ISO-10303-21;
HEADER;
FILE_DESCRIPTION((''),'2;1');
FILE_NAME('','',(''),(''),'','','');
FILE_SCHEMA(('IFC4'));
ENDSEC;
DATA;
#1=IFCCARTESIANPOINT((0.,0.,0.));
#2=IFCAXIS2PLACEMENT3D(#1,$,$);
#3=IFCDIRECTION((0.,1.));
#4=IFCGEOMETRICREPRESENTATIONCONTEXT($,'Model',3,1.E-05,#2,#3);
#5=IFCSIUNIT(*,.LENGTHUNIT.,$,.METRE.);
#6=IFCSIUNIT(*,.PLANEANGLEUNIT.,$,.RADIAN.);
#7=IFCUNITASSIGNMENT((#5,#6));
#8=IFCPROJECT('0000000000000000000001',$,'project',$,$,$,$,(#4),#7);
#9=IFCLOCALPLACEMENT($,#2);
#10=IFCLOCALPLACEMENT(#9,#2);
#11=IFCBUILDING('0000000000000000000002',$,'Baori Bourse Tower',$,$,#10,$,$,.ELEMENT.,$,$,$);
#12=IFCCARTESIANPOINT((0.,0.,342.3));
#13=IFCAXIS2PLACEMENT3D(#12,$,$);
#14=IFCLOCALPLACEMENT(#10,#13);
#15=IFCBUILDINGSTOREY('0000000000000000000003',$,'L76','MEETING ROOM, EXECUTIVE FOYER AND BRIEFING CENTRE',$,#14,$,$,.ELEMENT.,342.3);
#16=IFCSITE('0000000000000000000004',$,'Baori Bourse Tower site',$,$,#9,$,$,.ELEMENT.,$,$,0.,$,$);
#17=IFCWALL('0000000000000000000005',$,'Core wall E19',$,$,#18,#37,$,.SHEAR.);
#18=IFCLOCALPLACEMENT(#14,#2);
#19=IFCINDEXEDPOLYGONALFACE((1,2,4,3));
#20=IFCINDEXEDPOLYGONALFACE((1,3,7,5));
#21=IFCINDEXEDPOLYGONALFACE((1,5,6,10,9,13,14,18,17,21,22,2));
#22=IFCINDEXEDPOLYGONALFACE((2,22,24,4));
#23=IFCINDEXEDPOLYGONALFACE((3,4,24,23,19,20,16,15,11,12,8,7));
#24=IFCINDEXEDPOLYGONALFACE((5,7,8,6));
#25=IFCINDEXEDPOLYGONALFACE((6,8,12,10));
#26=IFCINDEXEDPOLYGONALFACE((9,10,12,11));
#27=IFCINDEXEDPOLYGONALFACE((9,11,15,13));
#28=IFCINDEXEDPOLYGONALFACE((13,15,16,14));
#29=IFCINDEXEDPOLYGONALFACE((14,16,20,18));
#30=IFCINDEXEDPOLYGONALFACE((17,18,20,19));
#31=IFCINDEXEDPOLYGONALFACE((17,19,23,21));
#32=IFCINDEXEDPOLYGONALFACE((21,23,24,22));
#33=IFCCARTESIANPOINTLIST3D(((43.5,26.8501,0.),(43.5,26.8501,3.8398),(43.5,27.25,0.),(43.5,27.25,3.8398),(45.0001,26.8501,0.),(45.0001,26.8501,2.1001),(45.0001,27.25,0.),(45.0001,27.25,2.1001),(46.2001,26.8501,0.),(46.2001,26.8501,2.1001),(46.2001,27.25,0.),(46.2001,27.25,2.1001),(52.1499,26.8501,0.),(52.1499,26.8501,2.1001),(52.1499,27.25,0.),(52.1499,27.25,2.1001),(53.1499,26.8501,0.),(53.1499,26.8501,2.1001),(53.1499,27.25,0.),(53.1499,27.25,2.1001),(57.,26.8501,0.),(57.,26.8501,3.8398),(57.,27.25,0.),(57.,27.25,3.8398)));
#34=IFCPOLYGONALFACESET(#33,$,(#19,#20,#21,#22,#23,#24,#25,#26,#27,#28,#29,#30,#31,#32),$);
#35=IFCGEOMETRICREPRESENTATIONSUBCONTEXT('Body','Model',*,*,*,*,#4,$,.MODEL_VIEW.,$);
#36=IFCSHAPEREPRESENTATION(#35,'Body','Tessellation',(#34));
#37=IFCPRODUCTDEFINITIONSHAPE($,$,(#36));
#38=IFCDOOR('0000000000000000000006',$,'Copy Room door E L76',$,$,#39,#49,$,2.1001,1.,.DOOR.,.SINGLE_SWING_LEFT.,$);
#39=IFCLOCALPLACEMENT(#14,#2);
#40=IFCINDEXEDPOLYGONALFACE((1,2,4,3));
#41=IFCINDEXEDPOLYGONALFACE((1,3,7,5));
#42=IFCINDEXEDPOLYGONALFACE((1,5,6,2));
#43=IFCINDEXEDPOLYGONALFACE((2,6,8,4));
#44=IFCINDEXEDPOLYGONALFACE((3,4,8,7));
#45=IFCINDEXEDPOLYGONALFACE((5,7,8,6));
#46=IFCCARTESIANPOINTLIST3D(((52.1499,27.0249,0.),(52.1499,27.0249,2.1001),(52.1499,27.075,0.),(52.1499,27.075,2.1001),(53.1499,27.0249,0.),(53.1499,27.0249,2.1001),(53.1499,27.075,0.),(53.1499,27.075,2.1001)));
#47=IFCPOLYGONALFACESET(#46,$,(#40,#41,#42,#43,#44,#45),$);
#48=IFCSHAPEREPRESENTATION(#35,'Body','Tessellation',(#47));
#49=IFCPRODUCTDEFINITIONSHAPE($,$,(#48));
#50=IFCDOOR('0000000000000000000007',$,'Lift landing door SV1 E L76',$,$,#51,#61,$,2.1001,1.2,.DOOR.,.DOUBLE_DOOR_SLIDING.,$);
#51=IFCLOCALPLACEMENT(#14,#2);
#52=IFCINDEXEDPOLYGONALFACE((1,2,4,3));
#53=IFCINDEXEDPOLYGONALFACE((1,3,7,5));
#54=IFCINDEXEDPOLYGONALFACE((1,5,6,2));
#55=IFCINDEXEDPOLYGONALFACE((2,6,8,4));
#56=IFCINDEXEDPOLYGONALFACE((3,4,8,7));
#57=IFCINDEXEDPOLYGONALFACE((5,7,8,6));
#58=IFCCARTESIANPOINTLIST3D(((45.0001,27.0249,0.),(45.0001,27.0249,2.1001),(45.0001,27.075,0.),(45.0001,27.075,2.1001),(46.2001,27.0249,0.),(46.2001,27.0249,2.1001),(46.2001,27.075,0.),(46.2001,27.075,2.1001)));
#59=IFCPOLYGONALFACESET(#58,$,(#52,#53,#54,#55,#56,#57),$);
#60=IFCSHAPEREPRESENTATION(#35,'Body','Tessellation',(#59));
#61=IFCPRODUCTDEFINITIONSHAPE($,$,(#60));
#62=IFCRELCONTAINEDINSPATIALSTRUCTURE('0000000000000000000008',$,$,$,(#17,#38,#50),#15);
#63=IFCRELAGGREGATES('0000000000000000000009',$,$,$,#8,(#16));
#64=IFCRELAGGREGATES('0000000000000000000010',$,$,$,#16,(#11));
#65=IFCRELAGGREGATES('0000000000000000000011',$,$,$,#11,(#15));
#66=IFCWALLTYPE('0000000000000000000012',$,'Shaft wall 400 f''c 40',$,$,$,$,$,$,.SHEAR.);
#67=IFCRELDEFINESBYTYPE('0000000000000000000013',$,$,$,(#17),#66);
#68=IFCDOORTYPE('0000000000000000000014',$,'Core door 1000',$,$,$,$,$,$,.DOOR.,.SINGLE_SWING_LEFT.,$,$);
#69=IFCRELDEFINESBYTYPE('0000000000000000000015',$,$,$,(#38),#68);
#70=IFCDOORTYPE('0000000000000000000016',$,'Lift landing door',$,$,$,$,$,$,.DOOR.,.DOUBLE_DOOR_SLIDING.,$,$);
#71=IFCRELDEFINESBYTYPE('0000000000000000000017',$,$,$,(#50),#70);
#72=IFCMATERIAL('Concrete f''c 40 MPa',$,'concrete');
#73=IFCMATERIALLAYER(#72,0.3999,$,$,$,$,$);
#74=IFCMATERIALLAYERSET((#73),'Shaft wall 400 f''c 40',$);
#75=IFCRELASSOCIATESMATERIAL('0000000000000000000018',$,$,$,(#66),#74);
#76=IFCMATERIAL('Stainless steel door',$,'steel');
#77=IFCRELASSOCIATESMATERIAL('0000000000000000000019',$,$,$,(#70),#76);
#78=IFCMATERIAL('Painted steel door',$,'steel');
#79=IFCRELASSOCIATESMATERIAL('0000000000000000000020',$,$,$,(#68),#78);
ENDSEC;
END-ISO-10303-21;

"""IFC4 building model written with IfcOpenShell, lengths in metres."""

from ifc_helpers import new_model, si_unit, direction, frame, frame_2d, origin, place, context, subcontext, project, spatial, rectangle, extrude, material, layer, layer_set, type_object, element, fill, save


model = new_model("IFC4")

# Units and contexts
model_context = context("Model", 3, precision=1e-05, world=origin(), true_north=direction((0.0, 1.0)))
body_context = subcontext(model_context, "Body", "Model", "MODEL_VIEW")
ifc_project = project(units=[si_unit("LENGTHUNIT", "METRE"), si_unit("PLANEANGLEUNIT", "RADIAN")], contexts=[model_context])

# Site, building, storey
site_placement = place(None, origin())
site = spatial("IfcSite", under=ifc_project, at=site_placement, Name="Baori Bourse Tower site", CompositionType="ELEMENT", RefElevation=0.0)
building_placement = place(site_placement, origin())
building = spatial("IfcBuilding", under=site, at=building_placement, Name="Baori Bourse Tower", CompositionType="ELEMENT")
storey_placement = place(building_placement, frame((0.0, 0.0, 342.3)))
storey = spatial("IfcBuildingStorey", under=building, at=storey_placement, Name="L76", Description="MEETING ROOM, EXECUTIVE FOYER AND BRIEFING CENTRE", CompositionType="ELEMENT", Elevation=342.3)

# Shared definitions
ifc_material_1 = material(Name="Concrete f'c 40 MPa", Category="concrete")
ifc_layer_1 = layer(ifc_material_1, 0.3999)
ifc_layer_set_1 = layer_set([ifc_layer_1], Name="Shaft wall 400 f'c 40")
wall_type_1 = type_object("IfcWallType", Name="Shaft wall 400 f'c 40", PredefinedType="SHEAR", material=ifc_layer_set_1)
ifc_material_2 = material(Name="Stainless steel door", Category="steel")
door_type_1 = type_object("IfcDoorType", Name="Lift landing door", OperationType="DOUBLE_DOOR_SLIDING", PredefinedType="DOOR", material=ifc_material_2)

# Wall, openings, doors
wall_1_placement = place(storey_placement, frame((43.5, 27.05, 0.0), z_axis=(0.0, 0.0, 1.0), x_axis=(1.0, 0.0, 0.0)))
wall_1 = element("IfcWall", 1, at=wall_1_placement, inside=storey, type_object=wall_type_1, Name="Core wall E19", PredefinedType="SHEAR", context=body_context, shape_type="SweptSolid", body=[
    extrude(rectangle(XDim=13.5, YDim=0.3999, at=frame_2d((6.75, 0.0))), origin(), (0.0, 0.0, 1.0), 3.8398),
])
opening_1_placement = place(wall_1_placement, frame((8.6499, 0.0, 0.0)))
opening_1 = element("IfcOpeningElement", 2, at=opening_1_placement, cuts=wall_1, PredefinedType="OPENING", context=body_context, shape_type="SweptSolid", body=[
    extrude(rectangle(XDim=1.0, YDim=2.1001, at=frame_2d((0.5, 1.05))), frame((0.0, 0.21, 0.0), z_axis=(0.0, -1.0, 0.0), x_axis=(1.0, 0.0, 0.0)), (0.0, 0.0, 1.0), 0.4199),
])
opening_2_placement = place(wall_1_placement, frame((1.5, 0.0, 0.0)))
opening_2 = element("IfcOpeningElement", 3, at=opening_2_placement, cuts=wall_1, PredefinedType="OPENING", context=body_context, shape_type="SweptSolid", body=[
    extrude(rectangle(XDim=1.2, YDim=2.1001, at=frame_2d((0.6001, 1.05))), frame((0.0, 0.21, 0.0), z_axis=(0.0, -1.0, 0.0), x_axis=(1.0, 0.0, 0.0)), (0.0, 0.0, 1.0), 0.4199),
])
ifc_material_3 = material(Name="Painted steel door", Category="steel")
door_type_2 = type_object("IfcDoorType", Name="Core door 1000", OperationType="SINGLE_SWING_LEFT", PredefinedType="DOOR", material=ifc_material_3)
door_1_placement = place(opening_1_placement, origin())
door_1 = element("IfcDoor", 4, at=door_1_placement, inside=storey, type_object=door_type_2, Name="Copy Room door E L76", OperationType="SINGLE_SWING_LEFT", OverallHeight=2.1001, OverallWidth=1.0, PredefinedType="DOOR", context=body_context, shape_type="SweptSolid", body=[
    extrude(rectangle(XDim=1.0, YDim=2.1001, at=frame_2d((0.5, 1.05))), frame((0.0, 0.0249, 0.0), z_axis=(0.0, -1.0, 0.0), x_axis=(1.0, 0.0, 0.0)), (0.0, 0.0, 1.0), 0.05),
])
fill(opening_1, door_1)
door_2_placement = place(opening_2_placement, origin())
door_2 = element("IfcDoor", 5, at=door_2_placement, inside=storey, type_object=door_type_1, Name="Lift landing door SV1 E L76", OperationType="DOUBLE_DOOR_SLIDING", OverallHeight=2.1001, OverallWidth=1.2, PredefinedType="DOOR", context=body_context, shape_type="SweptSolid", body=[
    extrude(rectangle(XDim=1.2, YDim=2.1001, at=frame_2d((0.6001, 1.05))), frame((0.0, 0.0249, 0.0), z_axis=(0.0, -1.0, 0.0), x_axis=(1.0, 0.0, 0.0)), (0.0, 0.0, 1.0), 0.05),
])
fill(opening_2, door_2)

save(model, "model.ifc")
